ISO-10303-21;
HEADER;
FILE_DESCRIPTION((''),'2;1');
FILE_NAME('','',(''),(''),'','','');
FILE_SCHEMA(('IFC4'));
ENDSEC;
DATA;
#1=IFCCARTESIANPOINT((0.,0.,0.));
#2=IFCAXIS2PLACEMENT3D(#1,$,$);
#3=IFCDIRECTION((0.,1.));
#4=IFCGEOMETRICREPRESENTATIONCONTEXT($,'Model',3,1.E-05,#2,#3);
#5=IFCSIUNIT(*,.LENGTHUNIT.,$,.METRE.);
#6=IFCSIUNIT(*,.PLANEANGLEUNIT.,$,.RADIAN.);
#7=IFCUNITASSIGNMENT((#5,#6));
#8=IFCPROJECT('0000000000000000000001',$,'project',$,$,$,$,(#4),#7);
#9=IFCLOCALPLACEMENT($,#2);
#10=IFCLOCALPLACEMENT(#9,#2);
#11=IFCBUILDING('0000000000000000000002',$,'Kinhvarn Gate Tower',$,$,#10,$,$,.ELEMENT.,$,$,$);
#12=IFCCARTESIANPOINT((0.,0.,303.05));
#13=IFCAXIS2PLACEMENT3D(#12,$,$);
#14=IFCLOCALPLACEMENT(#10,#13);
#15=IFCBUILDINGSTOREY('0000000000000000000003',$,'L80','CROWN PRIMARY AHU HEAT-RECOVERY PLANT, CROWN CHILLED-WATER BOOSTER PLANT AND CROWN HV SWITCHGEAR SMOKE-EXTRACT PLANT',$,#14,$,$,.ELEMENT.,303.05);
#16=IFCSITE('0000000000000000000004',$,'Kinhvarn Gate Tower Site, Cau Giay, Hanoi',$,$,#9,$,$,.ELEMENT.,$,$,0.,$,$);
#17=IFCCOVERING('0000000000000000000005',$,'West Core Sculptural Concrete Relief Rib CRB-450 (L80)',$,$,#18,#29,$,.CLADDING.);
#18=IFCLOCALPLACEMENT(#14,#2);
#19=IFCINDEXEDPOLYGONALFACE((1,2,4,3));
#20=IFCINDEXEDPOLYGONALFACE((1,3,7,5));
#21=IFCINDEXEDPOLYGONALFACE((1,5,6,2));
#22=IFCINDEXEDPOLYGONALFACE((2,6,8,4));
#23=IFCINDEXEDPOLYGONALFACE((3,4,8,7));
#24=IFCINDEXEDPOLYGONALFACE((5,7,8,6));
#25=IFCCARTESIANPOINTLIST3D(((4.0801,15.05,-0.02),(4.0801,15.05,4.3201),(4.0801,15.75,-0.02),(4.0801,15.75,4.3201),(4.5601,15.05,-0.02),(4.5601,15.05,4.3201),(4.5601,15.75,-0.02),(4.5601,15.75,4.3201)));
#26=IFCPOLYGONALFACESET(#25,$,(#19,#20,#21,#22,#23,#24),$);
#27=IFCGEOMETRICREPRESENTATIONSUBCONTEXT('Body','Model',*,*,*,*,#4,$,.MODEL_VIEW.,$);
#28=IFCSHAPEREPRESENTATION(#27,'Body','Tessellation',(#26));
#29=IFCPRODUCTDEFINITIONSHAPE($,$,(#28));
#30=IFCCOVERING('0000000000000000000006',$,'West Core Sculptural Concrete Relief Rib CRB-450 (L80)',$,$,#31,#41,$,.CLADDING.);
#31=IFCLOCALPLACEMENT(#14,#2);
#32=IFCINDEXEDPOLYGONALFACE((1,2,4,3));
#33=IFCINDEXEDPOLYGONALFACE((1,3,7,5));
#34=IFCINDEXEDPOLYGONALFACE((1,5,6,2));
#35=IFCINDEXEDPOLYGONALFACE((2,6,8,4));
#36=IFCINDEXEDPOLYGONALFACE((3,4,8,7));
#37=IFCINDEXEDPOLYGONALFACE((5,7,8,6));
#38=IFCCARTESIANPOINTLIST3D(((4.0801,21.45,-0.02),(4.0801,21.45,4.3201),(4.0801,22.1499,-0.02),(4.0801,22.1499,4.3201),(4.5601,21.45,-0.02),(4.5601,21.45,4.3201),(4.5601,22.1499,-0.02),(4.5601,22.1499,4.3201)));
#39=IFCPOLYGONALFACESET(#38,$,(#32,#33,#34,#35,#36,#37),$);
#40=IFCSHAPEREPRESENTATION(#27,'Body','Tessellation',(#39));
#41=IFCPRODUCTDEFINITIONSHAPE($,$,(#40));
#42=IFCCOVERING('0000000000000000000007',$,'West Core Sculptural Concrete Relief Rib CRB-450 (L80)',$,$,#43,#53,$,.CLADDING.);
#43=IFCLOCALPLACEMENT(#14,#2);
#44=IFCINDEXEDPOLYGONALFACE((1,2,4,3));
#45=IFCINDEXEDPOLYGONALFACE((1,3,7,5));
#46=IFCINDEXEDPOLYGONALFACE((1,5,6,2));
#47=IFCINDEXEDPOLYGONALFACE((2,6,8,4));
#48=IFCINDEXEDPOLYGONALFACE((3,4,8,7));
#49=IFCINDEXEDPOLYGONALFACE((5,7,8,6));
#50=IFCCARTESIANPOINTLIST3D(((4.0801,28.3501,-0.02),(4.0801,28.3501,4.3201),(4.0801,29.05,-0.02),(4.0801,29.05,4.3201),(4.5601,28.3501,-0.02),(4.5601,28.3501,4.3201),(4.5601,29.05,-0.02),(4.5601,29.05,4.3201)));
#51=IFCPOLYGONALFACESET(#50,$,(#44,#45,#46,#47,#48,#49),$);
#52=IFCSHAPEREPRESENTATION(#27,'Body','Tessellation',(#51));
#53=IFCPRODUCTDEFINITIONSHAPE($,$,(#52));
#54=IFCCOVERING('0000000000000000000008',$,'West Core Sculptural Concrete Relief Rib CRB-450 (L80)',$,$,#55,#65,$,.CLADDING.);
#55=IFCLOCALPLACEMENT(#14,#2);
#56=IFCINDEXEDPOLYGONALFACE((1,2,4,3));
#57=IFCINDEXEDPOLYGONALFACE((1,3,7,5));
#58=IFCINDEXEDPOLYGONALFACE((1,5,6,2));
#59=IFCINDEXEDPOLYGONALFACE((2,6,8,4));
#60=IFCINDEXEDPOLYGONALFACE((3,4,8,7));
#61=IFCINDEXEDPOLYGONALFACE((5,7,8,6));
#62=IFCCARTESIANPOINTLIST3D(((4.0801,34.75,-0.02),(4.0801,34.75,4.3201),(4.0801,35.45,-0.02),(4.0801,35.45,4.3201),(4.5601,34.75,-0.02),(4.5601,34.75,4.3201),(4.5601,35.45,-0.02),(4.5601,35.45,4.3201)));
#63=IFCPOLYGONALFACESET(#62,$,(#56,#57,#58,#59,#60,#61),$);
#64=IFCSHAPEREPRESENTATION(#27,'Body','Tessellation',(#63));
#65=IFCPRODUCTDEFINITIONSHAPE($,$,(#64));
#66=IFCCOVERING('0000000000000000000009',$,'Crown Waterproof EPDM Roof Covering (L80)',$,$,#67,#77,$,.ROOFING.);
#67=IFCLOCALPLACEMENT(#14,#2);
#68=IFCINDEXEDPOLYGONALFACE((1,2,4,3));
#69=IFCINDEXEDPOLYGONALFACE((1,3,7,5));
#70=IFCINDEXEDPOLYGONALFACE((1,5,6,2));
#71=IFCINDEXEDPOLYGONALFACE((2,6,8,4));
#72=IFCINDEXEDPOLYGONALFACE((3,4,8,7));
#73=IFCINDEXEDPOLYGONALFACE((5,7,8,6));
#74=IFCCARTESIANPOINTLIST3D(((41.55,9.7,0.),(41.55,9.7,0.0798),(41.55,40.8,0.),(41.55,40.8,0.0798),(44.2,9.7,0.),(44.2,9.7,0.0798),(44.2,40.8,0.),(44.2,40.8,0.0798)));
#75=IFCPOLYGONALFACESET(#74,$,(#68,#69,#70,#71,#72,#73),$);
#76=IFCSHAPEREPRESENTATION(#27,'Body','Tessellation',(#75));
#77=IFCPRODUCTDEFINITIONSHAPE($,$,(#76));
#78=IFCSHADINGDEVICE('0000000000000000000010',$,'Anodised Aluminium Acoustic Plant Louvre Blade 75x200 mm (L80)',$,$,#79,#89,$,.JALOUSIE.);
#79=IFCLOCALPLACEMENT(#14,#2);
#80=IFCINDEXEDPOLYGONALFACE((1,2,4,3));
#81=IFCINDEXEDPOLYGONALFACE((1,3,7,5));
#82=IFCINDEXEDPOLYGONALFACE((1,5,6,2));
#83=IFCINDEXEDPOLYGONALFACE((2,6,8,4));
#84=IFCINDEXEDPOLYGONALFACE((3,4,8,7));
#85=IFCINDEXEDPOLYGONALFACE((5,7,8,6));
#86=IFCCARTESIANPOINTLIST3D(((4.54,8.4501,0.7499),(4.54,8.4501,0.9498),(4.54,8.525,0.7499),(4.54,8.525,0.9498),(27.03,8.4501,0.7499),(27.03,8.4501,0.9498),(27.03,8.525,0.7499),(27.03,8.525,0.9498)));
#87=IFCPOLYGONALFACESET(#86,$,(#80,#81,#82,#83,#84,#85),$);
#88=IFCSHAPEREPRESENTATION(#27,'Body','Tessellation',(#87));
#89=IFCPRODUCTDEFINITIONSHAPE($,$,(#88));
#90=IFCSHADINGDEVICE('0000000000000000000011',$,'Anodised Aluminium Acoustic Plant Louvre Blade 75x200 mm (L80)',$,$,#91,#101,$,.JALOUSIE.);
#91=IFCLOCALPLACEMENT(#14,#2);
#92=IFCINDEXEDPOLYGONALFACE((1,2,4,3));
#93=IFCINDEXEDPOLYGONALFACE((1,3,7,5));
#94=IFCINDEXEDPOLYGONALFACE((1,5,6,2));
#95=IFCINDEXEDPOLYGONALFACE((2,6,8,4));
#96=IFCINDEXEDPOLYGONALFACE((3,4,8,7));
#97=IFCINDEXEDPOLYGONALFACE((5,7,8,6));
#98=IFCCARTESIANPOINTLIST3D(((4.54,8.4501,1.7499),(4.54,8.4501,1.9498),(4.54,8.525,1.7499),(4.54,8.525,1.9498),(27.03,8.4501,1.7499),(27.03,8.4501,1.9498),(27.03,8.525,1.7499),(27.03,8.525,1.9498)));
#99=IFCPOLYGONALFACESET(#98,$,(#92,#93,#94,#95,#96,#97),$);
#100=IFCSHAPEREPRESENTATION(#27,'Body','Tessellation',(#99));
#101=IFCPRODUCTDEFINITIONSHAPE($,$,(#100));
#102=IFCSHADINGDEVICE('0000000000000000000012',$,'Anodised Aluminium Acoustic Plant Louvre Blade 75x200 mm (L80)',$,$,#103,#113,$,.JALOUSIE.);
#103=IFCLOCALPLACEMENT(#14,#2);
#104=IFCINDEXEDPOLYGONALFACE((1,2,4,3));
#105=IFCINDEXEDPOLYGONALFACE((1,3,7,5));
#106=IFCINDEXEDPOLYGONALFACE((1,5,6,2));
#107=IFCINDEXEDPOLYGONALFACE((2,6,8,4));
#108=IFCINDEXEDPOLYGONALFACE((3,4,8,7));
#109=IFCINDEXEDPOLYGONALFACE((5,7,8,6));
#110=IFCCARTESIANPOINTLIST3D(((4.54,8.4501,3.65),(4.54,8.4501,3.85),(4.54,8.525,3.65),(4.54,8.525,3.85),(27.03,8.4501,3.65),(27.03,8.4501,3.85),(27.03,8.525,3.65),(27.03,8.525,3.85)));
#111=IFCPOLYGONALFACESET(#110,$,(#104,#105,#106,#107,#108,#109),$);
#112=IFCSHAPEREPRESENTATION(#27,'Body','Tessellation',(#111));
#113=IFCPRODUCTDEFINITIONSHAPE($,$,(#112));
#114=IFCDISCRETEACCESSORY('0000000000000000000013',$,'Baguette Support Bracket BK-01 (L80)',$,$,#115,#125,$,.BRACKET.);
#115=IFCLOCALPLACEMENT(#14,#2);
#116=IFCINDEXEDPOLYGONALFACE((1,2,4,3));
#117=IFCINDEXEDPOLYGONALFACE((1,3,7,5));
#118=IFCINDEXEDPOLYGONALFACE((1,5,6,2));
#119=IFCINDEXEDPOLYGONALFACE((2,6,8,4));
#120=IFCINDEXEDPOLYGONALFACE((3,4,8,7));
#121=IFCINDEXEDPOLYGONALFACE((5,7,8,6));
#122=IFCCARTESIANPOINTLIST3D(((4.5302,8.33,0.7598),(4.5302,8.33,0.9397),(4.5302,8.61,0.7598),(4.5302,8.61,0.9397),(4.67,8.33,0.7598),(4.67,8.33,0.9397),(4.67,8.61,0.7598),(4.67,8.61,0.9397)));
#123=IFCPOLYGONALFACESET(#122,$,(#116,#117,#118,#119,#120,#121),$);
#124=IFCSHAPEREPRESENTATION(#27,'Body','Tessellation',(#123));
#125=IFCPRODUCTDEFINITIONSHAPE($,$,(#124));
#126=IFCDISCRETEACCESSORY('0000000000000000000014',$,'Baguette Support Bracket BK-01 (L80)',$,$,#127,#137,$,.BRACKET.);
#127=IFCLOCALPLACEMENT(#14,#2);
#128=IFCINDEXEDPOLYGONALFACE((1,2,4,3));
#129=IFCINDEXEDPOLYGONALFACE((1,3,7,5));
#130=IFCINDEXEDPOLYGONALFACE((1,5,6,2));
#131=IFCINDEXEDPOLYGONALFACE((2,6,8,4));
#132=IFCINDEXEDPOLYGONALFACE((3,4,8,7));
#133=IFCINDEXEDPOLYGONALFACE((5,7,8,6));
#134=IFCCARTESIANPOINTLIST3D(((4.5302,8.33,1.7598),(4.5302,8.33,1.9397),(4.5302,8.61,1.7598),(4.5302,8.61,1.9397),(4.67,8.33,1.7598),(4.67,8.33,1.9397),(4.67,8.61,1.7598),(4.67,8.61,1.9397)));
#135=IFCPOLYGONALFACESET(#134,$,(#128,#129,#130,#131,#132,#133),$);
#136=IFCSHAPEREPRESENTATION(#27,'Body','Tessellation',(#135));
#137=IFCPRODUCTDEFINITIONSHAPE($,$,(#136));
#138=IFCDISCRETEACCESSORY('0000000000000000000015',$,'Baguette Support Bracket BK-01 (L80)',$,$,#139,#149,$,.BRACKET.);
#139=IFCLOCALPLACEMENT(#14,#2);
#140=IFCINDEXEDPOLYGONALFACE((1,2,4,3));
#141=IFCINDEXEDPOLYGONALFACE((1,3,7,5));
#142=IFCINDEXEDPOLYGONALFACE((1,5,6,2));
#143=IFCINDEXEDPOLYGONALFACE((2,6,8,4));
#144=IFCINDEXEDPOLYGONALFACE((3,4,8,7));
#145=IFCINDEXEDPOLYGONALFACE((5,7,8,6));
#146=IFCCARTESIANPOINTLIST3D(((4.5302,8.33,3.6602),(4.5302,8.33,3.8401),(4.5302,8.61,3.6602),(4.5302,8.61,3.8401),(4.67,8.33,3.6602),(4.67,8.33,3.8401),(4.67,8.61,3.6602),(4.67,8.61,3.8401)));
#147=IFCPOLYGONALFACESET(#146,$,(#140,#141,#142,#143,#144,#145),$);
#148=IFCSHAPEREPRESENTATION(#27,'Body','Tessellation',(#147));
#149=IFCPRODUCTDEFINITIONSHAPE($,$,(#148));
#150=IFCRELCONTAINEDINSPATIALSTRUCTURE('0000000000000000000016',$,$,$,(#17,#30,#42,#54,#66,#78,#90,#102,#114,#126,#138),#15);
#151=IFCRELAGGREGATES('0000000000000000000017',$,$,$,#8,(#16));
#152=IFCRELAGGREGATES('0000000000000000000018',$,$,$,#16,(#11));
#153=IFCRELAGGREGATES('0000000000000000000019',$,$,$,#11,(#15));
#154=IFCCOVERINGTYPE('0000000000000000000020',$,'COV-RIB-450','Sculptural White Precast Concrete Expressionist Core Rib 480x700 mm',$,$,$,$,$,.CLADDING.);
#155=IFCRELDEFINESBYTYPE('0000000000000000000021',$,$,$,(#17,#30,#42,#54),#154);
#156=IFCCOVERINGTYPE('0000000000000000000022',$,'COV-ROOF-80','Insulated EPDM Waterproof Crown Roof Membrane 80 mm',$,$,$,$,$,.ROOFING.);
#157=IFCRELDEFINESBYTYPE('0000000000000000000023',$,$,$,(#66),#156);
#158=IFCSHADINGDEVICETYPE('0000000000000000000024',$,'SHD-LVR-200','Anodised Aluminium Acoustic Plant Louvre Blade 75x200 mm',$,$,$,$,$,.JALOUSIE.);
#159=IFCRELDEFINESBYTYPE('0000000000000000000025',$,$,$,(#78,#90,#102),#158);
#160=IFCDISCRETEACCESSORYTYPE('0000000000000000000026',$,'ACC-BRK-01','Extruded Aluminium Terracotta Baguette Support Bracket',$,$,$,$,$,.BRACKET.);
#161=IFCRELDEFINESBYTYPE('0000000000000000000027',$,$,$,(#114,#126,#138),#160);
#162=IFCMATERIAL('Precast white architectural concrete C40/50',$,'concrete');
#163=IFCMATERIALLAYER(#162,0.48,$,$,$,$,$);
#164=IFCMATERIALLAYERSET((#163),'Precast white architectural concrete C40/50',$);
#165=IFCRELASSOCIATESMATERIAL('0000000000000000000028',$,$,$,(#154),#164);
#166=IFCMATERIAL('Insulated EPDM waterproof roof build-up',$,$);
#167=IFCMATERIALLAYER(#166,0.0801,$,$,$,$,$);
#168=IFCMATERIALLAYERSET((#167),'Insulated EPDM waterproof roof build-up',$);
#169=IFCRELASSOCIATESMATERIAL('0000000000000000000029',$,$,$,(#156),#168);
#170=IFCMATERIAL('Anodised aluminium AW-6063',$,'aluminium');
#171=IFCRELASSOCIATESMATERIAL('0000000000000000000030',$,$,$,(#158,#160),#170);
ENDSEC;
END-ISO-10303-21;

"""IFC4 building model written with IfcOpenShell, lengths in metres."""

from ifc_helpers import new_model, si_unit, direction, frame, origin, origin_2d, place, context, subcontext, project, spatial, polyline, rectangle, outline, extrude, material, layer, layer_set, material_profile, profile_set, type_object, element, save


model = new_model("IFC4")

# Units and contexts
model_context = context("Model", 3, precision=1e-05, world=origin(), true_north=direction((0.0, 1.0)))
body_context = subcontext(model_context, "Body", "Model", "MODEL_VIEW")
ifc_project = project(units=[si_unit("LENGTHUNIT", "METRE"), si_unit("PLANEANGLEUNIT", "RADIAN")], contexts=[model_context])

# Site, building, storey
site_placement = place(None, origin())
site = spatial("IfcSite", under=ifc_project, at=site_placement, Name="Kinhvarn Gate Tower Site, Cau Giay, Hanoi", CompositionType="ELEMENT", RefElevation=0.0)
building_placement = place(site_placement, origin())
building = spatial("IfcBuilding", under=site, at=building_placement, Name="Kinhvarn Gate Tower", CompositionType="ELEMENT")
storey_placement = place(building_placement, frame((0.0, 0.0, 303.05)))
storey = spatial("IfcBuildingStorey", under=building, at=storey_placement, Name="L80", Description="CROWN PRIMARY AHU HEAT-RECOVERY PLANT, CROWN CHILLED-WATER BOOSTER PLANT AND CROWN HV SWITCHGEAR SMOKE-EXTRACT PLANT", CompositionType="ELEMENT", Elevation=303.05)

# Shared definitions
ifc_material_1 = material(Name="Anodised aluminium AW-6063", Category="aluminium")

# Coverings
ifc_material_2 = material(Name="Precast white architectural concrete C40/50", Category="concrete")
ifc_layer_1 = layer(ifc_material_2, 0.48)
ifc_layer_set_1 = layer_set([ifc_layer_1], Name="Precast white architectural concrete C40/50")
covering_type_1 = type_object("IfcCoveringType", Name="COV-RIB-450", Description="Sculptural White Precast Concrete Expressionist Core Rib 480x700 mm", PredefinedType="CLADDING", material=ifc_layer_set_1)
covering_1_placement = place(storey_placement, frame((0.0, 0.0, -0.02)))
element("IfcCovering", 1, at=covering_1_placement, inside=storey, type_object=covering_type_1, Name="West Core Sculptural Concrete Relief Rib CRB-450 (L80)", PredefinedType="CLADDING", context=body_context, shape_type="SweptSolid", body=[
    extrude(outline(polyline([(4.0801, 15.05), (4.5601, 15.05), (4.5601, 15.75), (4.0801, 15.75), (4.0801, 15.05)])), origin(), (0.0, 0.0, 1.0), 4.3401),
])
covering_2_placement = place(storey_placement, frame((0.0, 0.0, -0.02)))
element("IfcCovering", 2, at=covering_2_placement, inside=storey, type_object=covering_type_1, Name="West Core Sculptural Concrete Relief Rib CRB-450 (L80)", PredefinedType="CLADDING", context=body_context, shape_type="SweptSolid", body=[
    extrude(outline(polyline([(4.0801, 21.45), (4.5601, 21.45), (4.5601, 22.1499), (4.0801, 22.1499), (4.0801, 21.45)])), origin(), (0.0, 0.0, 1.0), 4.3401),
])
covering_3_placement = place(storey_placement, frame((0.0, 0.0, -0.02)))
element("IfcCovering", 3, at=covering_3_placement, inside=storey, type_object=covering_type_1, Name="West Core Sculptural Concrete Relief Rib CRB-450 (L80)", PredefinedType="CLADDING", context=body_context, shape_type="SweptSolid", body=[
    extrude(outline(polyline([(4.0801, 28.3501), (4.5601, 28.3501), (4.5601, 29.05), (4.0801, 29.05), (4.0801, 28.3501)])), origin(), (0.0, 0.0, 1.0), 4.3401),
])
covering_4_placement = place(storey_placement, frame((0.0, 0.0, -0.02)))
element("IfcCovering", 4, at=covering_4_placement, inside=storey, type_object=covering_type_1, Name="West Core Sculptural Concrete Relief Rib CRB-450 (L80)", PredefinedType="CLADDING", context=body_context, shape_type="SweptSolid", body=[
    extrude(outline(polyline([(4.0801, 34.75), (4.5601, 34.75), (4.5601, 35.45), (4.0801, 35.45), (4.0801, 34.75)])), origin(), (0.0, 0.0, 1.0), 4.3401),
])
ifc_material_3 = material(Name="Insulated EPDM waterproof roof build-up")
ifc_layer_2 = layer(ifc_material_3, 0.0801)
ifc_layer_set_2 = layer_set([ifc_layer_2], Name="Insulated EPDM waterproof roof build-up")
covering_type_2 = type_object("IfcCoveringType", Name="COV-ROOF-80", Description="Insulated EPDM Waterproof Crown Roof Membrane 80 mm", PredefinedType="ROOFING", material=ifc_layer_set_2)
covering_5_placement = place(storey_placement, origin())
element("IfcCovering", 5, at=covering_5_placement, inside=storey, type_object=covering_type_2, Name="Crown Waterproof EPDM Roof Covering (L80)", PredefinedType="ROOFING", context=body_context, shape_type="SweptSolid", body=[
    extrude(outline(polyline([(44.2, 9.7), (44.2, 40.8), (41.55, 40.8), (41.55, 9.7), (44.2, 9.7)])), origin(), (0.0, 0.0, 1.0), 0.0798),
])

# Shading devices
ifc_material_profile_1 = material_profile(ifc_material_1, rectangle(XDim=0.075, YDim=0.2, at=origin_2d()), Name="LOUVRE 75x200")
ifc_profile_set_1 = profile_set([ifc_material_profile_1], Name="Anodised aluminium AW-6063")
shading_device_type = type_object("IfcShadingDeviceType", Name="SHD-LVR-200", Description="Anodised Aluminium Acoustic Plant Louvre Blade 75x200 mm", PredefinedType="JALOUSIE", material=ifc_profile_set_1)
for number, where, z_axis, x_axis, name in (
    (6, (4.54, 8.4875, 0.8499), (1.0, 0.0, 0.0), (0.0, 1.0, 0.0), "Anodised Aluminium Acoustic Plant Louvre Blade 75x200 mm (L80)"),
    (7, (4.54, 8.4875, 1.8499), (1.0, 0.0, 0.0), (0.0, 1.0, 0.0), "Anodised Aluminium Acoustic Plant Louvre Blade 75x200 mm (L80)"),
    (8, (4.54, 8.4875, 3.75), (1.0, 0.0, 0.0), (0.0, 1.0, 0.0), "Anodised Aluminium Acoustic Plant Louvre Blade 75x200 mm (L80)"),
):
    element("IfcShadingDevice", number, at=place(storey_placement, frame(where, z_axis=z_axis, x_axis=x_axis)), inside=storey, type_object=shading_device_type, Name=name, PredefinedType="JALOUSIE", context=body_context, shape_type="SweptSolid", body=[
        extrude(rectangle(XDim=0.075, YDim=0.2, at=origin_2d()), origin(), (0.0, 0.0, 1.0), 22.49),
    ])

# Discrete accessories
discrete_accessory_type = type_object("IfcDiscreteAccessoryType", Name="ACC-BRK-01", Description="Extruded Aluminium Terracotta Baguette Support Bracket", PredefinedType="BRACKET", material=ifc_material_1)
for number, where, z_axis, x_axis, name in (
    (9, (4.6001, 8.47, 0.7598), (0.0, 0.0, 1.0), (1.0, 0.0, 0.0), "Baguette Support Bracket BK-01 (L80)"),
    (10, (4.6001, 8.47, 1.7598), (0.0, 0.0, 1.0), (1.0, 0.0, 0.0), "Baguette Support Bracket BK-01 (L80)"),
    (11, (4.6001, 8.47, 3.6602), (0.0, 0.0, 1.0), (1.0, 0.0, 0.0), "Baguette Support Bracket BK-01 (L80)"),
):
    element("IfcDiscreteAccessory", number, at=place(storey_placement, frame(where, z_axis=z_axis, x_axis=x_axis)), inside=storey, type_object=discrete_accessory_type, Name=name, PredefinedType="BRACKET", context=body_context, shape_type="SweptSolid", body=[
        extrude(rectangle(XDim=0.1399, YDim=0.28, at=origin_2d()), origin(), (0.0, 0.0, 1.0), 0.1799),
    ])

save(model, "model.ifc")
